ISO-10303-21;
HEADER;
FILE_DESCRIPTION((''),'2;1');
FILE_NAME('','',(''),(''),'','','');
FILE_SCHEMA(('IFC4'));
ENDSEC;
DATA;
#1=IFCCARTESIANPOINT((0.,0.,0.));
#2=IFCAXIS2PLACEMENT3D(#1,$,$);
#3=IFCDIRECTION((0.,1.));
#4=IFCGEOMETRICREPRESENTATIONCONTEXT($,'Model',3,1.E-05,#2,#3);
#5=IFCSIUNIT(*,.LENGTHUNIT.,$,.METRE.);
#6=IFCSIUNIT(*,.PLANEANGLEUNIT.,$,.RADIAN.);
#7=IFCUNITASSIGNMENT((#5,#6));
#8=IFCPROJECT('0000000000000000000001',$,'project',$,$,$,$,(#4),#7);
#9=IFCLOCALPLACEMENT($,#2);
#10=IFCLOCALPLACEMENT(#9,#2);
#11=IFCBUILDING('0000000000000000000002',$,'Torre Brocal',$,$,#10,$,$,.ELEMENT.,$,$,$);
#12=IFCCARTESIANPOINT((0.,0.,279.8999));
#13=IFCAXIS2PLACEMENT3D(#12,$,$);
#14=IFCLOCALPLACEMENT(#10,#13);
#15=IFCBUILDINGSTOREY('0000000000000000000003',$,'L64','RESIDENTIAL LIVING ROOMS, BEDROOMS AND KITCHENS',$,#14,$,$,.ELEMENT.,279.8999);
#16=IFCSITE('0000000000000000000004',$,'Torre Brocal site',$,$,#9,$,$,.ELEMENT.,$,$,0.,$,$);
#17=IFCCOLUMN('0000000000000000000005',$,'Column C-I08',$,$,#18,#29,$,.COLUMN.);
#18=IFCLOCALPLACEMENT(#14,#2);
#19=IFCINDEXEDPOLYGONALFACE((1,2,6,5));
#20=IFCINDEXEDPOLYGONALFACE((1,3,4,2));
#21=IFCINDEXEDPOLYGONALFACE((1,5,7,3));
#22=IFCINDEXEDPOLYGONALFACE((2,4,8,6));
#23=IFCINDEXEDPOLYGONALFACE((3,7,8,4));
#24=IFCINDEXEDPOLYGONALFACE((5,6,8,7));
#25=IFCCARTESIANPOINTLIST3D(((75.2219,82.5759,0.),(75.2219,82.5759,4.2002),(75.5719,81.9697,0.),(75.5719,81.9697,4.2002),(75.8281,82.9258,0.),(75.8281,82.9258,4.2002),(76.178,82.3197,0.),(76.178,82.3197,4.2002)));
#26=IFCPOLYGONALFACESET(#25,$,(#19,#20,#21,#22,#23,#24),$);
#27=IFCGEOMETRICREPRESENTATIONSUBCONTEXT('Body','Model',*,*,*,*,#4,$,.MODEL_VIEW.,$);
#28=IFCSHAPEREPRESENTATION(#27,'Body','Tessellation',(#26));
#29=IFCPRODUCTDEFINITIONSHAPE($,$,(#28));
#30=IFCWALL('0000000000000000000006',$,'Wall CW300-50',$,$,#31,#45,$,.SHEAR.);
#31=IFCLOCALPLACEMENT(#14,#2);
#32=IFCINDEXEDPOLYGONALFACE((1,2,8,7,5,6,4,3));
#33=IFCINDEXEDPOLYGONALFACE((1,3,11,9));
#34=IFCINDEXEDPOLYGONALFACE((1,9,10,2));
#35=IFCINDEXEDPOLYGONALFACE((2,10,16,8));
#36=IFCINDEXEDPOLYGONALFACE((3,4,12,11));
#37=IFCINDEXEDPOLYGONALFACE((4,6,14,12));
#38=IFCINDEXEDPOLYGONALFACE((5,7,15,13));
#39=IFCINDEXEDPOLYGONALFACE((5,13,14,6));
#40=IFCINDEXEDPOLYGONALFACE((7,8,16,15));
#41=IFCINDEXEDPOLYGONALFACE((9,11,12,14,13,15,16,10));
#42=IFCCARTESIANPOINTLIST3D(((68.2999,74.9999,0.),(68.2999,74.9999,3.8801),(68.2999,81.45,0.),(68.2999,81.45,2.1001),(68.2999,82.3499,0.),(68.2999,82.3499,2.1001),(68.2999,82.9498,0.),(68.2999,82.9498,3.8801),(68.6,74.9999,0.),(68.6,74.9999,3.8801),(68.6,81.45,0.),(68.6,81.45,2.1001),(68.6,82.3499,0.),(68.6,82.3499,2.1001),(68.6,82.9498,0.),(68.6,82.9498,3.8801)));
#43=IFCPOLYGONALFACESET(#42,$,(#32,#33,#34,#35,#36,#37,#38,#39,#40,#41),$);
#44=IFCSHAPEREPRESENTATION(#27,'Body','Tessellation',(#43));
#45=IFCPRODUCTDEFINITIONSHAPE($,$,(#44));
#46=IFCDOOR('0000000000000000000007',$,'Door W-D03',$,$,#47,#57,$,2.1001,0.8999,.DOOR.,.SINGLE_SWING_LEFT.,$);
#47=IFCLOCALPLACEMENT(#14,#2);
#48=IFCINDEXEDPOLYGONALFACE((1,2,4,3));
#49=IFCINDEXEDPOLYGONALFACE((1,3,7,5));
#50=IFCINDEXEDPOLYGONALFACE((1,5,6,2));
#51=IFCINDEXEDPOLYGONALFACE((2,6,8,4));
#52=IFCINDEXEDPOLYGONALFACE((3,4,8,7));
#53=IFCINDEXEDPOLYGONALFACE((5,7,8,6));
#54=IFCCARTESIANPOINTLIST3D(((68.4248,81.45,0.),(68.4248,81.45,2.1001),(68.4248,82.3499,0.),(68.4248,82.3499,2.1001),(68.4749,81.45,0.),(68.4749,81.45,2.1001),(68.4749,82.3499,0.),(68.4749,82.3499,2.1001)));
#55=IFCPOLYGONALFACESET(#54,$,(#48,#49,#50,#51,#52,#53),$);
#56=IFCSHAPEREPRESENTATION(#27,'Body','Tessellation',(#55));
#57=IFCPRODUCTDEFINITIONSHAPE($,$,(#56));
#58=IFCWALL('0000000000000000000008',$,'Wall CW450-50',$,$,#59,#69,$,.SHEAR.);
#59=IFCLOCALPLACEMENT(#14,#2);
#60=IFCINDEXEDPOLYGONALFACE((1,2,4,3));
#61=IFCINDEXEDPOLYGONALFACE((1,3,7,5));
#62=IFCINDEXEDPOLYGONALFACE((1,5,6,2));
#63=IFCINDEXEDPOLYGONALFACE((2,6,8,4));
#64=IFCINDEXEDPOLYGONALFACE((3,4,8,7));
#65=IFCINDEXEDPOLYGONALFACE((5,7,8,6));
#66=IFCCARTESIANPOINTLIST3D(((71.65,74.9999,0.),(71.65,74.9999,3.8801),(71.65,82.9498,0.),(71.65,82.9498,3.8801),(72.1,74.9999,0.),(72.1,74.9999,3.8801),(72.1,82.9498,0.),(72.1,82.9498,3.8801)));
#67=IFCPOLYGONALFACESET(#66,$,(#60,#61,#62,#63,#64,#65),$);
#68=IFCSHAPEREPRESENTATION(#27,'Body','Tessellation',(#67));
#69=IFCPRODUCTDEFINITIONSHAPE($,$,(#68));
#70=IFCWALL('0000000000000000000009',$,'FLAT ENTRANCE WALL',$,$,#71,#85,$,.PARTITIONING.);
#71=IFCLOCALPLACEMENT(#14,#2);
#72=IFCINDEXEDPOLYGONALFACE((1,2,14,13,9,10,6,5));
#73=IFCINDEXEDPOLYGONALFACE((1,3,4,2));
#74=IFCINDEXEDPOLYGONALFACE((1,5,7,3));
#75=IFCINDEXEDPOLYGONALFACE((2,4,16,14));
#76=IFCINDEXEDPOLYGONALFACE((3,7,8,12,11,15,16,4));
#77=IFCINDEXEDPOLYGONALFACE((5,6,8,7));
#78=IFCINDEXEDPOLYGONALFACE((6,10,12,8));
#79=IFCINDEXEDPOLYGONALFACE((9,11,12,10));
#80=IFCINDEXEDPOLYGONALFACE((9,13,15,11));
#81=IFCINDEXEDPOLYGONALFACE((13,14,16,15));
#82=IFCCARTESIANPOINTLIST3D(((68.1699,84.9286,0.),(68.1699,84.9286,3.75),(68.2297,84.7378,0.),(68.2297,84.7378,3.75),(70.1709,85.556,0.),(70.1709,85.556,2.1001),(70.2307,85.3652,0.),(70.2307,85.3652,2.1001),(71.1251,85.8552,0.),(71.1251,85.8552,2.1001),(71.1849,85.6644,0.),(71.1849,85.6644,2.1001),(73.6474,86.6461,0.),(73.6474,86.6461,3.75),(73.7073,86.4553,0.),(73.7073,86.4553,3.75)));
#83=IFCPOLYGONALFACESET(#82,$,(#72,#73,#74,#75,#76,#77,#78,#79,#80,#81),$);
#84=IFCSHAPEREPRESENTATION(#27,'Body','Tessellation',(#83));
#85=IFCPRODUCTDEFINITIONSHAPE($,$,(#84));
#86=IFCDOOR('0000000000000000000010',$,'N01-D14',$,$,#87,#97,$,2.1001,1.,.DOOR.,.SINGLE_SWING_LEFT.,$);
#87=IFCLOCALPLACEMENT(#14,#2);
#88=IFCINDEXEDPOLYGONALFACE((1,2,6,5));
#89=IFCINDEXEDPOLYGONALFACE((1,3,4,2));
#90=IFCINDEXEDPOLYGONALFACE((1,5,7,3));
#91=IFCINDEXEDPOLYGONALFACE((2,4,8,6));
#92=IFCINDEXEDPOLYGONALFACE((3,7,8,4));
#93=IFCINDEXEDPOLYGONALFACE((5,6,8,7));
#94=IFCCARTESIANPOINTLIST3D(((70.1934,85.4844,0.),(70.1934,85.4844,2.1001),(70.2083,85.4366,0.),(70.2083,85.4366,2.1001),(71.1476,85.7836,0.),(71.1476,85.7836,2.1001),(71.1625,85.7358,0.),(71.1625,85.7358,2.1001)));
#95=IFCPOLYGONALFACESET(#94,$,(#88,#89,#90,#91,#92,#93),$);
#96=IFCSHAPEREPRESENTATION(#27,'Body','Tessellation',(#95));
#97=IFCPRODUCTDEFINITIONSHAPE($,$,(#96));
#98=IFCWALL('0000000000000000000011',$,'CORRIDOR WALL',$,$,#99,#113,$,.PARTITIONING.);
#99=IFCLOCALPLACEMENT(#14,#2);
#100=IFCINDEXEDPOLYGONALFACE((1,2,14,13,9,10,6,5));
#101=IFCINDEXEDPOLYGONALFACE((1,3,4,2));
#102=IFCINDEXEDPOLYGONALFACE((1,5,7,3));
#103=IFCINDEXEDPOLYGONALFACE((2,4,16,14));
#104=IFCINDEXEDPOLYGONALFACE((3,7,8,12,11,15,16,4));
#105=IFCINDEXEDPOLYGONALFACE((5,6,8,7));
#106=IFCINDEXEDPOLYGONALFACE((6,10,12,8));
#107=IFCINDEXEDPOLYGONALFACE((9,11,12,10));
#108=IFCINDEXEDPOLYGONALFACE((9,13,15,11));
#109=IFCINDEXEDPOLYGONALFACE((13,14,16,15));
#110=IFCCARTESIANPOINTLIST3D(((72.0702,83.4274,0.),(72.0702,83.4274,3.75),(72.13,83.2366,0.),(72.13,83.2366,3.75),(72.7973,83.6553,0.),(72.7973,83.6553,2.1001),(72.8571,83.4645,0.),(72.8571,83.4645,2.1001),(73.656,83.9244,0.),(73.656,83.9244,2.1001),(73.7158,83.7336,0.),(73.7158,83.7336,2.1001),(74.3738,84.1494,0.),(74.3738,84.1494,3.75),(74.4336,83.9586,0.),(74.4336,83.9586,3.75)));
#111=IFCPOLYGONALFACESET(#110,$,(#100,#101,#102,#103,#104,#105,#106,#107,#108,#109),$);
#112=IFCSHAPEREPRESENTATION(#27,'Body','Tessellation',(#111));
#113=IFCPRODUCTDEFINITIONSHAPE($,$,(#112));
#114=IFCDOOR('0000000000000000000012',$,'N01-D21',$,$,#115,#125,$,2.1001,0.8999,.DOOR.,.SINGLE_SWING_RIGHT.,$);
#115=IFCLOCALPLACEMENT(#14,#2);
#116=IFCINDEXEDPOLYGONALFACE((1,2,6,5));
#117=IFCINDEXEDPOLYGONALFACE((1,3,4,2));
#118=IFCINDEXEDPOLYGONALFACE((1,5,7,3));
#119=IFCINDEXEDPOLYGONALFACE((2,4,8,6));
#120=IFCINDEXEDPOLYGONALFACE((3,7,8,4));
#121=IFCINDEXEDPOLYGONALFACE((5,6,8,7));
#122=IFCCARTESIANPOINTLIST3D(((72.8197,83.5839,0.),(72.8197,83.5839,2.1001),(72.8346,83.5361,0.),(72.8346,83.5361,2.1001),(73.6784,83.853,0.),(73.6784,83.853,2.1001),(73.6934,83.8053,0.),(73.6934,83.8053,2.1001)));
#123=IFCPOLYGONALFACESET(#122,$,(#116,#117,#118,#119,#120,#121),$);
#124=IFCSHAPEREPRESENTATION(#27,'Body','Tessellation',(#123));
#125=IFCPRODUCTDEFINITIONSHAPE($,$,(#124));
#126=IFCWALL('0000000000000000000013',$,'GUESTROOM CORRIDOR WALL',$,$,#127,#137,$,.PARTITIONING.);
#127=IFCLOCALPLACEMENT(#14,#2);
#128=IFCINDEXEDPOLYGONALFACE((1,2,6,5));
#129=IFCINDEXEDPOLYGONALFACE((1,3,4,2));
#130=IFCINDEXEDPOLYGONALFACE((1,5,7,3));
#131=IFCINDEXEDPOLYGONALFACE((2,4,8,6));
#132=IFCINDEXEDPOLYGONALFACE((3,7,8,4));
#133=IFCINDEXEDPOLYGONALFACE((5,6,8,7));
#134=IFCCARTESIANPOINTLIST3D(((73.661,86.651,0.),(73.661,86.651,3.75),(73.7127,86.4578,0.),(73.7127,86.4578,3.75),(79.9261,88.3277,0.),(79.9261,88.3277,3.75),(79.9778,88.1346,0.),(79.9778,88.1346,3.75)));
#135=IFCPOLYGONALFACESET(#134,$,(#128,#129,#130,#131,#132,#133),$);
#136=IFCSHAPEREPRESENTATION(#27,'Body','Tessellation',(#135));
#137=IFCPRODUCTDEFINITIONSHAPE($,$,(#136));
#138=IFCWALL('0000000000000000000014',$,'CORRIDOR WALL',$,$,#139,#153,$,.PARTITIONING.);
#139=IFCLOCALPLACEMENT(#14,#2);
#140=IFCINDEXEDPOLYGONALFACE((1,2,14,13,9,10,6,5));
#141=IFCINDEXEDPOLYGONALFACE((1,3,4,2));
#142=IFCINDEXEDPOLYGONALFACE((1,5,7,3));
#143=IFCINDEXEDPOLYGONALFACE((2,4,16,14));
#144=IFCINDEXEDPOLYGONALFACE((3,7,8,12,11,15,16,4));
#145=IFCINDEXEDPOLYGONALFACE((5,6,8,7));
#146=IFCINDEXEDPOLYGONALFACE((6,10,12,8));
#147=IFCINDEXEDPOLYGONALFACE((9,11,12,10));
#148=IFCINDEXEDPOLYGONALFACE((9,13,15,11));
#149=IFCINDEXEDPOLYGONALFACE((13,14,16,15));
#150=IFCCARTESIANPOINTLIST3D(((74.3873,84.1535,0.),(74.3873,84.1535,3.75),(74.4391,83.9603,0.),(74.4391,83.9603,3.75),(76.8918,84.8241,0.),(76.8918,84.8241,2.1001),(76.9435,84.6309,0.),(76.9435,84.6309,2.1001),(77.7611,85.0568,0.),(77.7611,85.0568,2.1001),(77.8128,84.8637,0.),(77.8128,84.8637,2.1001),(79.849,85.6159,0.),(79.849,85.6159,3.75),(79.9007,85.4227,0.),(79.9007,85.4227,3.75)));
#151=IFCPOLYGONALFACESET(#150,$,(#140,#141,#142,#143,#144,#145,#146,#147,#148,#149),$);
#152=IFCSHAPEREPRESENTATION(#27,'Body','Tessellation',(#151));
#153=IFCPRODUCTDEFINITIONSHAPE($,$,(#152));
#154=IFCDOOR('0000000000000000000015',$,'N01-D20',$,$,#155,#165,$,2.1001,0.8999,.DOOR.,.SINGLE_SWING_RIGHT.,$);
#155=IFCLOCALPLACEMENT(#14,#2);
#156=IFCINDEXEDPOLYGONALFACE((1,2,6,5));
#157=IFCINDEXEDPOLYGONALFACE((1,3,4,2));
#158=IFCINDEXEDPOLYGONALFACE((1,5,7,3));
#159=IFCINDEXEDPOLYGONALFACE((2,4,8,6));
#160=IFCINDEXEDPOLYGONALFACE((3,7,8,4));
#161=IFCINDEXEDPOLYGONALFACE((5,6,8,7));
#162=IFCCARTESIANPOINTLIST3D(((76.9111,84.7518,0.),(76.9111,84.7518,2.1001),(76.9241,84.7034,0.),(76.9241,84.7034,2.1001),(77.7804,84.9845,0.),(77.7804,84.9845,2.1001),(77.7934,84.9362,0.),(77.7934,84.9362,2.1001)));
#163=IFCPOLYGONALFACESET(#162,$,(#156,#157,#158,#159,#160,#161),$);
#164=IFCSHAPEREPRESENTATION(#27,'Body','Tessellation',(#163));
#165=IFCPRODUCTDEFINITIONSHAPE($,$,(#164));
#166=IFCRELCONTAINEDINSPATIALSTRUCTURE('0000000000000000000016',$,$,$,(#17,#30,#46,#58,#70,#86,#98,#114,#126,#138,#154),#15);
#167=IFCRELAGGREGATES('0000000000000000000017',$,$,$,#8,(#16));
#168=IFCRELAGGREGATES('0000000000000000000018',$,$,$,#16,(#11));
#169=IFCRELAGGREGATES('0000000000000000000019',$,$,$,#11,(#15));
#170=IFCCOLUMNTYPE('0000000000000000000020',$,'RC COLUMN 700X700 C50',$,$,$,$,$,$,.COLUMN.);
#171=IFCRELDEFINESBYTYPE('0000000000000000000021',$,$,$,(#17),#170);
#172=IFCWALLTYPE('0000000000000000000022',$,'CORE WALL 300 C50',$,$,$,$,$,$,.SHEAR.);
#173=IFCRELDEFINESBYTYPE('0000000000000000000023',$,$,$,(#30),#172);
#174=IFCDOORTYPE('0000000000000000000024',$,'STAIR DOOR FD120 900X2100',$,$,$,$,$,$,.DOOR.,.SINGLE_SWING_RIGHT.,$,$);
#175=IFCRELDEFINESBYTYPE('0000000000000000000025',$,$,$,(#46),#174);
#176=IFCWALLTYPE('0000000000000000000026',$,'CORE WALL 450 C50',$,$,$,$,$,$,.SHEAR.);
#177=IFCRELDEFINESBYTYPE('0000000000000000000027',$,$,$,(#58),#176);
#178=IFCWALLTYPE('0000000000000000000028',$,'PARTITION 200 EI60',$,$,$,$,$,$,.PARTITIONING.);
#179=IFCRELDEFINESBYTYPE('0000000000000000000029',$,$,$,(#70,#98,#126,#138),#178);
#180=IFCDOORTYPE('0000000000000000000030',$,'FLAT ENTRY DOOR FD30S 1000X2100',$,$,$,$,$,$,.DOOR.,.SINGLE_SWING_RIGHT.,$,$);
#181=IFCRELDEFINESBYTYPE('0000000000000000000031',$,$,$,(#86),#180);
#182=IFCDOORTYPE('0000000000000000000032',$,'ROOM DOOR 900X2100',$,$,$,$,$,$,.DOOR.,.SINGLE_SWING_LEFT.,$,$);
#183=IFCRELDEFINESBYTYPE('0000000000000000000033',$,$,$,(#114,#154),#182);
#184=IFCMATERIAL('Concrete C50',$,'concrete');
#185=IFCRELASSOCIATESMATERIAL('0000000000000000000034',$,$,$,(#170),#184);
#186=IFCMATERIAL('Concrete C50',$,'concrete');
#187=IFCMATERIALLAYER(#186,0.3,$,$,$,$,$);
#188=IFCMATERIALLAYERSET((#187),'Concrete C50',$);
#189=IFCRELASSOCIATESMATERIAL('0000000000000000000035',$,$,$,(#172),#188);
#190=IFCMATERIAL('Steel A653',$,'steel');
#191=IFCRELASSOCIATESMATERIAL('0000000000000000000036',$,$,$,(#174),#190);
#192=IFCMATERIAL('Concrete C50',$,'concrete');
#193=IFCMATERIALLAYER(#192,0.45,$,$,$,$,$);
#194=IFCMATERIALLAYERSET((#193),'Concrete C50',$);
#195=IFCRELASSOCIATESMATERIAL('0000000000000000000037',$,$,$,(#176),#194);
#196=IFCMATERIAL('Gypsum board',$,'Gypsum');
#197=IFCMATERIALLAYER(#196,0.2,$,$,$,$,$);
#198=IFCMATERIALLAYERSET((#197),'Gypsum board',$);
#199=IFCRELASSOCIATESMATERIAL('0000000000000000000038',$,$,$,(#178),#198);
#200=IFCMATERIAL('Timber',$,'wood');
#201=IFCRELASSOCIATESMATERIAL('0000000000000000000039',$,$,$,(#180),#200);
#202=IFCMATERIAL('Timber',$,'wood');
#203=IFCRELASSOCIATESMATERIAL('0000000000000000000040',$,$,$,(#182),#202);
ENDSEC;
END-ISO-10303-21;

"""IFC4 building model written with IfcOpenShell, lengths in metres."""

from ifc_helpers import new_model, si_unit, direction, frame, frame_2d, origin, origin_2d, place, context, subcontext, project, spatial, rectangle, extrude, material, layer, layer_set, material_profile, profile_set, type_object, element, fill, save


model = new_model("IFC4")

# Units and contexts
model_context = context("Model", 3, precision=1e-05, world=origin(), true_north=direction((0.0, 1.0)))
body_context = subcontext(model_context, "Body", "Model", "MODEL_VIEW")
ifc_project = project(units=[si_unit("LENGTHUNIT", "METRE"), si_unit("PLANEANGLEUNIT", "RADIAN")], contexts=[model_context])

# Site, building, storey
site_placement = place(None, origin())
site = spatial("IfcSite", under=ifc_project, at=site_placement, Name="Torre Brocal site", CompositionType="ELEMENT", RefElevation=0.0)
building_placement = place(site_placement, origin())
building = spatial("IfcBuilding", under=site, at=building_placement, Name="Torre Brocal", CompositionType="ELEMENT")
storey_placement = place(building_placement, frame((0.0, 0.0, 279.8999)))
storey = spatial("IfcBuildingStorey", under=building, at=storey_placement, Name="L64", Description="RESIDENTIAL LIVING ROOMS, BEDROOMS AND KITCHENS", CompositionType="ELEMENT", Elevation=279.8999)

# Column
ifc_material_1 = material(Name="Concrete C50", Category="concrete")
ifc_material_profile = material_profile(ifc_material_1, rectangle(XDim=0.7, YDim=0.7, at=origin_2d()), Name="RC 700X700")
ifc_profile_set = profile_set([ifc_material_profile], Name="Concrete C50")
column_type = type_object("IfcColumnType", Name="RC COLUMN 700X700 C50", PredefinedType="COLUMN", material=ifc_profile_set)
column_placement = place(storey_placement, frame((75.7, 82.4478, 0.0), z_axis=(0.0, 0.0, 1.0), x_axis=(-0.5, 0.866025, 0.0)))
element("IfcColumn", 1, at=column_placement, inside=storey, type_object=column_type, Name="Column C-I08", PredefinedType="COLUMN", context=body_context, shape_type="SweptSolid", body=[
    extrude(rectangle(XDim=0.7, YDim=0.7, at=origin_2d()), origin(), (0.0, 0.0, 1.0), 4.2002),
])

# Wall, opening, door
ifc_material_2 = material(Name="Concrete C50", Category="concrete")
ifc_layer_1 = layer(ifc_material_2, 0.3)
ifc_layer_set_1 = layer_set([ifc_layer_1], Name="Concrete C50")
wall_type_1 = type_object("IfcWallType", Name="CORE WALL 300 C50", PredefinedType="SHEAR", material=ifc_layer_set_1)
wall_1_placement = place(storey_placement, frame((68.45, 82.95, 0.0), z_axis=(0.0, 0.0, 1.0), x_axis=(0.0, -1.0, 0.0)))
wall_1 = element("IfcWall", 2, at=wall_1_placement, inside=storey, type_object=wall_type_1, Name="Wall CW300-50", PredefinedType="SHEAR", context=body_context, shape_type="SweptSolid", body=[
    extrude(rectangle(XDim=7.95, YDim=0.3, at=frame_2d((3.9751, 0.0))), origin(), (0.0, 0.0, 1.0), 3.8801),
])
opening_1_placement = place(wall_1_placement, frame((0.6001, 0.0, 0.0)))
opening_1 = element("IfcOpeningElement", 3, at=opening_1_placement, cuts=wall_1, PredefinedType="OPENING", context=body_context, shape_type="SweptSolid", body=[
    extrude(rectangle(XDim=0.8999, YDim=2.1001, at=frame_2d((0.45, 1.05))), frame((0.0, 0.1599, 0.0), z_axis=(0.0, -1.0, 0.0), x_axis=(1.0, 0.0, 0.0)), (0.0, 0.0, 1.0), 0.3201),
])
ifc_material_3 = material(Name="Steel A653", Category="steel")
door_type_1 = type_object("IfcDoorType", Name="STAIR DOOR FD120 900X2100", OperationType="SINGLE_SWING_RIGHT", PredefinedType="DOOR", material=ifc_material_3)
door_1_placement = place(opening_1_placement, origin())
door_1 = element("IfcDoor", 4, at=door_1_placement, inside=storey, type_object=door_type_1, Name="Door W-D03", OperationType="SINGLE_SWING_LEFT", OverallHeight=2.1001, OverallWidth=0.8999, PredefinedType="DOOR", context=body_context, shape_type="SweptSolid", body=[
    extrude(rectangle(XDim=0.8999, YDim=2.1001, at=frame_2d((0.45, 1.05))), frame((0.0, 0.0249, 0.0), z_axis=(0.0, -1.0, 0.0), x_axis=(1.0, 0.0, 0.0)), (0.0, 0.0, 1.0), 0.05),
])
fill(opening_1, door_1)
ifc_material_4 = material(Name="Concrete C50", Category="concrete")
ifc_layer_2 = layer(ifc_material_4, 0.45)
ifc_layer_set_2 = layer_set([ifc_layer_2], Name="Concrete C50")
wall_type_2 = type_object("IfcWallType", Name="CORE WALL 450 C50", PredefinedType="SHEAR", material=ifc_layer_set_2)

# Wall
wall_2_placement = place(storey_placement, frame((71.875, 82.95, 0.0), z_axis=(0.0, 0.0, 1.0), x_axis=(0.0, -1.0, 0.0)))
element("IfcWall", 5, at=wall_2_placement, inside=storey, type_object=wall_type_2, Name="Wall CW450-50", PredefinedType="SHEAR", context=body_context, shape_type="SweptSolid", body=[
    extrude(rectangle(XDim=7.95, YDim=0.45, at=frame_2d((3.9751, 0.0))), origin(), (0.0, 0.0, 1.0), 3.8801),
])

# Walls, openings, doors
ifc_material_5 = material(Name="Gypsum board", Category="Gypsum")
ifc_layer_3 = layer(ifc_material_5, 0.2)
ifc_layer_set_3 = layer_set([ifc_layer_3], Name="Gypsum board")
wall_type_3 = type_object("IfcWallType", Name="PARTITION 200 EI60", PredefinedType="PARTITIONING", material=ifc_layer_set_3)
wall_3_placement = place(storey_placement, frame((68.2, 84.8333, 0.0), z_axis=(0.0, 0.0, 1.0), x_axis=(0.954192, 0.299195, 0.0)))
wall_3 = element("IfcWall", 6, at=wall_3_placement, inside=storey, type_object=wall_type_3, Name="FLAT ENTRANCE WALL", PredefinedType="PARTITIONING", context=body_context, shape_type="SweptSolid", body=[
    extrude(rectangle(XDim=5.7405, YDim=0.2, at=frame_2d((2.8701, 0.0))), origin(), (0.0, 0.0, 1.0), 3.75),
])
opening_2_placement = place(wall_3_placement, frame((2.0969, 0.0, 0.0)))
opening_2 = element("IfcOpeningElement", 7, at=opening_2_placement, cuts=wall_3, PredefinedType="OPENING", context=body_context, shape_type="SweptSolid", body=[
    extrude(rectangle(XDim=1.0, YDim=2.1001, at=frame_2d((0.5, 1.05))), frame((0.0, 0.1099, 0.0), z_axis=(0.0, -1.0, 0.0), x_axis=(1.0, 0.0, 0.0)), (0.0, 0.0, 1.0), 0.22),
])
ifc_material_6 = material(Name="Timber", Category="wood")
door_type_2 = type_object("IfcDoorType", Name="FLAT ENTRY DOOR FD30S 1000X2100", OperationType="SINGLE_SWING_RIGHT", PredefinedType="DOOR", material=ifc_material_6)
door_2_placement = place(opening_2_placement, origin())
door_2 = element("IfcDoor", 8, at=door_2_placement, inside=storey, type_object=door_type_2, Name="N01-D14", OperationType="SINGLE_SWING_LEFT", OverallHeight=2.1001, OverallWidth=1.0, PredefinedType="DOOR", context=body_context, shape_type="SweptSolid", body=[
    extrude(rectangle(XDim=1.0, YDim=2.1001, at=frame_2d((0.5, 1.05))), frame((0.0, 0.0249, 0.0), z_axis=(0.0, -1.0, 0.0), x_axis=(1.0, 0.0, 0.0)), (0.0, 0.0, 1.0), 0.05),
])
fill(opening_2, door_2)
wall_4_placement = place(storey_placement, frame((72.1001, 83.332, 0.0), z_axis=(0.0, 0.0, 1.0), x_axis=(0.954233, 0.299064, 0.0)))
wall_4 = element("IfcWall", 9, at=wall_4_placement, inside=storey, type_object=wall_type_3, Name="CORRIDOR WALL", PredefinedType="PARTITIONING", context=body_context, shape_type="SweptSolid", body=[
    extrude(rectangle(XDim=2.4141, YDim=0.2, at=frame_2d((1.207, 0.0))), origin(), (0.0, 0.0, 1.0), 3.75),
])
opening_3_placement = place(wall_4_placement, frame((0.762, 0.0, 0.0)))
opening_3 = element("IfcOpeningElement", 10, at=opening_3_placement, cuts=wall_4, PredefinedType="OPENING", context=body_context, shape_type="SweptSolid", body=[
    extrude(rectangle(XDim=0.8999, YDim=2.1001, at=frame_2d((0.45, 1.05))), frame((0.0, 0.1099, 0.0), z_axis=(0.0, -1.0, 0.0), x_axis=(1.0, 0.0, 0.0)), (0.0, 0.0, 1.0), 0.22),
])
ifc_material_7 = material(Name="Timber", Category="wood")
door_type_3 = type_object("IfcDoorType", Name="ROOM DOOR 900X2100", OperationType="SINGLE_SWING_LEFT", PredefinedType="DOOR", material=ifc_material_7)
door_3_placement = place(opening_3_placement, frame((0.8999, 0.0, 0.0), z_axis=(0.0, 0.0, 1.0), x_axis=(-1.0, 0.0, 0.0)))
door_3 = element("IfcDoor", 11, at=door_3_placement, inside=storey, type_object=door_type_3, Name="N01-D21", OperationType="SINGLE_SWING_RIGHT", OverallHeight=2.1001, OverallWidth=0.8999, PredefinedType="DOOR", context=body_context, shape_type="SweptSolid", body=[
    extrude(rectangle(XDim=0.8999, YDim=2.1001, at=frame_2d((0.45, 1.05))), frame((0.0, 0.0249, 0.0), z_axis=(0.0, -1.0, 0.0), x_axis=(1.0, 0.0, 0.0)), (0.0, 0.0, 1.0), 0.05),
])
fill(opening_3, door_3)

# Wall
wall_5_placement = place(storey_placement, frame((73.687, 86.5544, 0.0), z_axis=(0.0, 0.0, 1.0), x_axis=(0.966002, 0.258534, 0.0)))
element("IfcWall", 12, at=wall_5_placement, inside=storey, type_object=wall_type_3, Name="GUESTROOM CORRIDOR WALL", PredefinedType="PARTITIONING", context=body_context, shape_type="SweptSolid", body=[
    extrude(rectangle(XDim=6.4856, YDim=0.2, at=frame_2d((3.2427, 0.0))), origin(), (0.0, 0.0, 1.0), 3.75),
])

# Wall, opening, door
wall_6_placement = place(storey_placement, frame((74.4131, 84.0569, 0.0), z_axis=(0.0, 0.0, 1.0), x_axis=(0.965972, 0.258646, 0.0)))
wall_6 = element("IfcWall", 13, at=wall_6_placement, inside=storey, type_object=wall_type_3, Name="CORRIDOR WALL", PredefinedType="PARTITIONING", context=body_context, shape_type="SweptSolid", body=[
    extrude(rectangle(XDim=5.6541, YDim=0.2, at=frame_2d((2.8271, 0.0))), origin(), (0.0, 0.0, 1.0), 3.75),
])
opening_4_placement = place(wall_6_placement, frame((2.5928, 0.0, 0.0)))
opening_4 = element("IfcOpeningElement", 14, at=opening_4_placement, cuts=wall_6, PredefinedType="OPENING", context=body_context, shape_type="SweptSolid", body=[
    extrude(rectangle(XDim=0.8999, YDim=2.1001, at=frame_2d((0.45, 1.05))), frame((0.0, 0.1099, 0.0), z_axis=(0.0, -1.0, 0.0), x_axis=(1.0, 0.0, 0.0)), (0.0, 0.0, 1.0), 0.22),
])
door_4_placement = place(opening_4_placement, frame((0.8999, 0.0, 0.0), z_axis=(0.0, 0.0, 1.0), x_axis=(-1.0, 0.0, 0.0)))
door_4 = element("IfcDoor", 15, at=door_4_placement, inside=storey, type_object=door_type_3, Name="N01-D20", OperationType="SINGLE_SWING_RIGHT", OverallHeight=2.1001, OverallWidth=0.8999, PredefinedType="DOOR", context=body_context, shape_type="SweptSolid", body=[
    extrude(rectangle(XDim=0.8999, YDim=2.1001, at=frame_2d((0.45, 1.05))), frame((0.0, 0.0249, 0.0), z_axis=(0.0, -1.0, 0.0), x_axis=(1.0, 0.0, 0.0)), (0.0, 0.0, 1.0), 0.05),
])
fill(opening_4, door_4)

save(model, "model.ifc")
